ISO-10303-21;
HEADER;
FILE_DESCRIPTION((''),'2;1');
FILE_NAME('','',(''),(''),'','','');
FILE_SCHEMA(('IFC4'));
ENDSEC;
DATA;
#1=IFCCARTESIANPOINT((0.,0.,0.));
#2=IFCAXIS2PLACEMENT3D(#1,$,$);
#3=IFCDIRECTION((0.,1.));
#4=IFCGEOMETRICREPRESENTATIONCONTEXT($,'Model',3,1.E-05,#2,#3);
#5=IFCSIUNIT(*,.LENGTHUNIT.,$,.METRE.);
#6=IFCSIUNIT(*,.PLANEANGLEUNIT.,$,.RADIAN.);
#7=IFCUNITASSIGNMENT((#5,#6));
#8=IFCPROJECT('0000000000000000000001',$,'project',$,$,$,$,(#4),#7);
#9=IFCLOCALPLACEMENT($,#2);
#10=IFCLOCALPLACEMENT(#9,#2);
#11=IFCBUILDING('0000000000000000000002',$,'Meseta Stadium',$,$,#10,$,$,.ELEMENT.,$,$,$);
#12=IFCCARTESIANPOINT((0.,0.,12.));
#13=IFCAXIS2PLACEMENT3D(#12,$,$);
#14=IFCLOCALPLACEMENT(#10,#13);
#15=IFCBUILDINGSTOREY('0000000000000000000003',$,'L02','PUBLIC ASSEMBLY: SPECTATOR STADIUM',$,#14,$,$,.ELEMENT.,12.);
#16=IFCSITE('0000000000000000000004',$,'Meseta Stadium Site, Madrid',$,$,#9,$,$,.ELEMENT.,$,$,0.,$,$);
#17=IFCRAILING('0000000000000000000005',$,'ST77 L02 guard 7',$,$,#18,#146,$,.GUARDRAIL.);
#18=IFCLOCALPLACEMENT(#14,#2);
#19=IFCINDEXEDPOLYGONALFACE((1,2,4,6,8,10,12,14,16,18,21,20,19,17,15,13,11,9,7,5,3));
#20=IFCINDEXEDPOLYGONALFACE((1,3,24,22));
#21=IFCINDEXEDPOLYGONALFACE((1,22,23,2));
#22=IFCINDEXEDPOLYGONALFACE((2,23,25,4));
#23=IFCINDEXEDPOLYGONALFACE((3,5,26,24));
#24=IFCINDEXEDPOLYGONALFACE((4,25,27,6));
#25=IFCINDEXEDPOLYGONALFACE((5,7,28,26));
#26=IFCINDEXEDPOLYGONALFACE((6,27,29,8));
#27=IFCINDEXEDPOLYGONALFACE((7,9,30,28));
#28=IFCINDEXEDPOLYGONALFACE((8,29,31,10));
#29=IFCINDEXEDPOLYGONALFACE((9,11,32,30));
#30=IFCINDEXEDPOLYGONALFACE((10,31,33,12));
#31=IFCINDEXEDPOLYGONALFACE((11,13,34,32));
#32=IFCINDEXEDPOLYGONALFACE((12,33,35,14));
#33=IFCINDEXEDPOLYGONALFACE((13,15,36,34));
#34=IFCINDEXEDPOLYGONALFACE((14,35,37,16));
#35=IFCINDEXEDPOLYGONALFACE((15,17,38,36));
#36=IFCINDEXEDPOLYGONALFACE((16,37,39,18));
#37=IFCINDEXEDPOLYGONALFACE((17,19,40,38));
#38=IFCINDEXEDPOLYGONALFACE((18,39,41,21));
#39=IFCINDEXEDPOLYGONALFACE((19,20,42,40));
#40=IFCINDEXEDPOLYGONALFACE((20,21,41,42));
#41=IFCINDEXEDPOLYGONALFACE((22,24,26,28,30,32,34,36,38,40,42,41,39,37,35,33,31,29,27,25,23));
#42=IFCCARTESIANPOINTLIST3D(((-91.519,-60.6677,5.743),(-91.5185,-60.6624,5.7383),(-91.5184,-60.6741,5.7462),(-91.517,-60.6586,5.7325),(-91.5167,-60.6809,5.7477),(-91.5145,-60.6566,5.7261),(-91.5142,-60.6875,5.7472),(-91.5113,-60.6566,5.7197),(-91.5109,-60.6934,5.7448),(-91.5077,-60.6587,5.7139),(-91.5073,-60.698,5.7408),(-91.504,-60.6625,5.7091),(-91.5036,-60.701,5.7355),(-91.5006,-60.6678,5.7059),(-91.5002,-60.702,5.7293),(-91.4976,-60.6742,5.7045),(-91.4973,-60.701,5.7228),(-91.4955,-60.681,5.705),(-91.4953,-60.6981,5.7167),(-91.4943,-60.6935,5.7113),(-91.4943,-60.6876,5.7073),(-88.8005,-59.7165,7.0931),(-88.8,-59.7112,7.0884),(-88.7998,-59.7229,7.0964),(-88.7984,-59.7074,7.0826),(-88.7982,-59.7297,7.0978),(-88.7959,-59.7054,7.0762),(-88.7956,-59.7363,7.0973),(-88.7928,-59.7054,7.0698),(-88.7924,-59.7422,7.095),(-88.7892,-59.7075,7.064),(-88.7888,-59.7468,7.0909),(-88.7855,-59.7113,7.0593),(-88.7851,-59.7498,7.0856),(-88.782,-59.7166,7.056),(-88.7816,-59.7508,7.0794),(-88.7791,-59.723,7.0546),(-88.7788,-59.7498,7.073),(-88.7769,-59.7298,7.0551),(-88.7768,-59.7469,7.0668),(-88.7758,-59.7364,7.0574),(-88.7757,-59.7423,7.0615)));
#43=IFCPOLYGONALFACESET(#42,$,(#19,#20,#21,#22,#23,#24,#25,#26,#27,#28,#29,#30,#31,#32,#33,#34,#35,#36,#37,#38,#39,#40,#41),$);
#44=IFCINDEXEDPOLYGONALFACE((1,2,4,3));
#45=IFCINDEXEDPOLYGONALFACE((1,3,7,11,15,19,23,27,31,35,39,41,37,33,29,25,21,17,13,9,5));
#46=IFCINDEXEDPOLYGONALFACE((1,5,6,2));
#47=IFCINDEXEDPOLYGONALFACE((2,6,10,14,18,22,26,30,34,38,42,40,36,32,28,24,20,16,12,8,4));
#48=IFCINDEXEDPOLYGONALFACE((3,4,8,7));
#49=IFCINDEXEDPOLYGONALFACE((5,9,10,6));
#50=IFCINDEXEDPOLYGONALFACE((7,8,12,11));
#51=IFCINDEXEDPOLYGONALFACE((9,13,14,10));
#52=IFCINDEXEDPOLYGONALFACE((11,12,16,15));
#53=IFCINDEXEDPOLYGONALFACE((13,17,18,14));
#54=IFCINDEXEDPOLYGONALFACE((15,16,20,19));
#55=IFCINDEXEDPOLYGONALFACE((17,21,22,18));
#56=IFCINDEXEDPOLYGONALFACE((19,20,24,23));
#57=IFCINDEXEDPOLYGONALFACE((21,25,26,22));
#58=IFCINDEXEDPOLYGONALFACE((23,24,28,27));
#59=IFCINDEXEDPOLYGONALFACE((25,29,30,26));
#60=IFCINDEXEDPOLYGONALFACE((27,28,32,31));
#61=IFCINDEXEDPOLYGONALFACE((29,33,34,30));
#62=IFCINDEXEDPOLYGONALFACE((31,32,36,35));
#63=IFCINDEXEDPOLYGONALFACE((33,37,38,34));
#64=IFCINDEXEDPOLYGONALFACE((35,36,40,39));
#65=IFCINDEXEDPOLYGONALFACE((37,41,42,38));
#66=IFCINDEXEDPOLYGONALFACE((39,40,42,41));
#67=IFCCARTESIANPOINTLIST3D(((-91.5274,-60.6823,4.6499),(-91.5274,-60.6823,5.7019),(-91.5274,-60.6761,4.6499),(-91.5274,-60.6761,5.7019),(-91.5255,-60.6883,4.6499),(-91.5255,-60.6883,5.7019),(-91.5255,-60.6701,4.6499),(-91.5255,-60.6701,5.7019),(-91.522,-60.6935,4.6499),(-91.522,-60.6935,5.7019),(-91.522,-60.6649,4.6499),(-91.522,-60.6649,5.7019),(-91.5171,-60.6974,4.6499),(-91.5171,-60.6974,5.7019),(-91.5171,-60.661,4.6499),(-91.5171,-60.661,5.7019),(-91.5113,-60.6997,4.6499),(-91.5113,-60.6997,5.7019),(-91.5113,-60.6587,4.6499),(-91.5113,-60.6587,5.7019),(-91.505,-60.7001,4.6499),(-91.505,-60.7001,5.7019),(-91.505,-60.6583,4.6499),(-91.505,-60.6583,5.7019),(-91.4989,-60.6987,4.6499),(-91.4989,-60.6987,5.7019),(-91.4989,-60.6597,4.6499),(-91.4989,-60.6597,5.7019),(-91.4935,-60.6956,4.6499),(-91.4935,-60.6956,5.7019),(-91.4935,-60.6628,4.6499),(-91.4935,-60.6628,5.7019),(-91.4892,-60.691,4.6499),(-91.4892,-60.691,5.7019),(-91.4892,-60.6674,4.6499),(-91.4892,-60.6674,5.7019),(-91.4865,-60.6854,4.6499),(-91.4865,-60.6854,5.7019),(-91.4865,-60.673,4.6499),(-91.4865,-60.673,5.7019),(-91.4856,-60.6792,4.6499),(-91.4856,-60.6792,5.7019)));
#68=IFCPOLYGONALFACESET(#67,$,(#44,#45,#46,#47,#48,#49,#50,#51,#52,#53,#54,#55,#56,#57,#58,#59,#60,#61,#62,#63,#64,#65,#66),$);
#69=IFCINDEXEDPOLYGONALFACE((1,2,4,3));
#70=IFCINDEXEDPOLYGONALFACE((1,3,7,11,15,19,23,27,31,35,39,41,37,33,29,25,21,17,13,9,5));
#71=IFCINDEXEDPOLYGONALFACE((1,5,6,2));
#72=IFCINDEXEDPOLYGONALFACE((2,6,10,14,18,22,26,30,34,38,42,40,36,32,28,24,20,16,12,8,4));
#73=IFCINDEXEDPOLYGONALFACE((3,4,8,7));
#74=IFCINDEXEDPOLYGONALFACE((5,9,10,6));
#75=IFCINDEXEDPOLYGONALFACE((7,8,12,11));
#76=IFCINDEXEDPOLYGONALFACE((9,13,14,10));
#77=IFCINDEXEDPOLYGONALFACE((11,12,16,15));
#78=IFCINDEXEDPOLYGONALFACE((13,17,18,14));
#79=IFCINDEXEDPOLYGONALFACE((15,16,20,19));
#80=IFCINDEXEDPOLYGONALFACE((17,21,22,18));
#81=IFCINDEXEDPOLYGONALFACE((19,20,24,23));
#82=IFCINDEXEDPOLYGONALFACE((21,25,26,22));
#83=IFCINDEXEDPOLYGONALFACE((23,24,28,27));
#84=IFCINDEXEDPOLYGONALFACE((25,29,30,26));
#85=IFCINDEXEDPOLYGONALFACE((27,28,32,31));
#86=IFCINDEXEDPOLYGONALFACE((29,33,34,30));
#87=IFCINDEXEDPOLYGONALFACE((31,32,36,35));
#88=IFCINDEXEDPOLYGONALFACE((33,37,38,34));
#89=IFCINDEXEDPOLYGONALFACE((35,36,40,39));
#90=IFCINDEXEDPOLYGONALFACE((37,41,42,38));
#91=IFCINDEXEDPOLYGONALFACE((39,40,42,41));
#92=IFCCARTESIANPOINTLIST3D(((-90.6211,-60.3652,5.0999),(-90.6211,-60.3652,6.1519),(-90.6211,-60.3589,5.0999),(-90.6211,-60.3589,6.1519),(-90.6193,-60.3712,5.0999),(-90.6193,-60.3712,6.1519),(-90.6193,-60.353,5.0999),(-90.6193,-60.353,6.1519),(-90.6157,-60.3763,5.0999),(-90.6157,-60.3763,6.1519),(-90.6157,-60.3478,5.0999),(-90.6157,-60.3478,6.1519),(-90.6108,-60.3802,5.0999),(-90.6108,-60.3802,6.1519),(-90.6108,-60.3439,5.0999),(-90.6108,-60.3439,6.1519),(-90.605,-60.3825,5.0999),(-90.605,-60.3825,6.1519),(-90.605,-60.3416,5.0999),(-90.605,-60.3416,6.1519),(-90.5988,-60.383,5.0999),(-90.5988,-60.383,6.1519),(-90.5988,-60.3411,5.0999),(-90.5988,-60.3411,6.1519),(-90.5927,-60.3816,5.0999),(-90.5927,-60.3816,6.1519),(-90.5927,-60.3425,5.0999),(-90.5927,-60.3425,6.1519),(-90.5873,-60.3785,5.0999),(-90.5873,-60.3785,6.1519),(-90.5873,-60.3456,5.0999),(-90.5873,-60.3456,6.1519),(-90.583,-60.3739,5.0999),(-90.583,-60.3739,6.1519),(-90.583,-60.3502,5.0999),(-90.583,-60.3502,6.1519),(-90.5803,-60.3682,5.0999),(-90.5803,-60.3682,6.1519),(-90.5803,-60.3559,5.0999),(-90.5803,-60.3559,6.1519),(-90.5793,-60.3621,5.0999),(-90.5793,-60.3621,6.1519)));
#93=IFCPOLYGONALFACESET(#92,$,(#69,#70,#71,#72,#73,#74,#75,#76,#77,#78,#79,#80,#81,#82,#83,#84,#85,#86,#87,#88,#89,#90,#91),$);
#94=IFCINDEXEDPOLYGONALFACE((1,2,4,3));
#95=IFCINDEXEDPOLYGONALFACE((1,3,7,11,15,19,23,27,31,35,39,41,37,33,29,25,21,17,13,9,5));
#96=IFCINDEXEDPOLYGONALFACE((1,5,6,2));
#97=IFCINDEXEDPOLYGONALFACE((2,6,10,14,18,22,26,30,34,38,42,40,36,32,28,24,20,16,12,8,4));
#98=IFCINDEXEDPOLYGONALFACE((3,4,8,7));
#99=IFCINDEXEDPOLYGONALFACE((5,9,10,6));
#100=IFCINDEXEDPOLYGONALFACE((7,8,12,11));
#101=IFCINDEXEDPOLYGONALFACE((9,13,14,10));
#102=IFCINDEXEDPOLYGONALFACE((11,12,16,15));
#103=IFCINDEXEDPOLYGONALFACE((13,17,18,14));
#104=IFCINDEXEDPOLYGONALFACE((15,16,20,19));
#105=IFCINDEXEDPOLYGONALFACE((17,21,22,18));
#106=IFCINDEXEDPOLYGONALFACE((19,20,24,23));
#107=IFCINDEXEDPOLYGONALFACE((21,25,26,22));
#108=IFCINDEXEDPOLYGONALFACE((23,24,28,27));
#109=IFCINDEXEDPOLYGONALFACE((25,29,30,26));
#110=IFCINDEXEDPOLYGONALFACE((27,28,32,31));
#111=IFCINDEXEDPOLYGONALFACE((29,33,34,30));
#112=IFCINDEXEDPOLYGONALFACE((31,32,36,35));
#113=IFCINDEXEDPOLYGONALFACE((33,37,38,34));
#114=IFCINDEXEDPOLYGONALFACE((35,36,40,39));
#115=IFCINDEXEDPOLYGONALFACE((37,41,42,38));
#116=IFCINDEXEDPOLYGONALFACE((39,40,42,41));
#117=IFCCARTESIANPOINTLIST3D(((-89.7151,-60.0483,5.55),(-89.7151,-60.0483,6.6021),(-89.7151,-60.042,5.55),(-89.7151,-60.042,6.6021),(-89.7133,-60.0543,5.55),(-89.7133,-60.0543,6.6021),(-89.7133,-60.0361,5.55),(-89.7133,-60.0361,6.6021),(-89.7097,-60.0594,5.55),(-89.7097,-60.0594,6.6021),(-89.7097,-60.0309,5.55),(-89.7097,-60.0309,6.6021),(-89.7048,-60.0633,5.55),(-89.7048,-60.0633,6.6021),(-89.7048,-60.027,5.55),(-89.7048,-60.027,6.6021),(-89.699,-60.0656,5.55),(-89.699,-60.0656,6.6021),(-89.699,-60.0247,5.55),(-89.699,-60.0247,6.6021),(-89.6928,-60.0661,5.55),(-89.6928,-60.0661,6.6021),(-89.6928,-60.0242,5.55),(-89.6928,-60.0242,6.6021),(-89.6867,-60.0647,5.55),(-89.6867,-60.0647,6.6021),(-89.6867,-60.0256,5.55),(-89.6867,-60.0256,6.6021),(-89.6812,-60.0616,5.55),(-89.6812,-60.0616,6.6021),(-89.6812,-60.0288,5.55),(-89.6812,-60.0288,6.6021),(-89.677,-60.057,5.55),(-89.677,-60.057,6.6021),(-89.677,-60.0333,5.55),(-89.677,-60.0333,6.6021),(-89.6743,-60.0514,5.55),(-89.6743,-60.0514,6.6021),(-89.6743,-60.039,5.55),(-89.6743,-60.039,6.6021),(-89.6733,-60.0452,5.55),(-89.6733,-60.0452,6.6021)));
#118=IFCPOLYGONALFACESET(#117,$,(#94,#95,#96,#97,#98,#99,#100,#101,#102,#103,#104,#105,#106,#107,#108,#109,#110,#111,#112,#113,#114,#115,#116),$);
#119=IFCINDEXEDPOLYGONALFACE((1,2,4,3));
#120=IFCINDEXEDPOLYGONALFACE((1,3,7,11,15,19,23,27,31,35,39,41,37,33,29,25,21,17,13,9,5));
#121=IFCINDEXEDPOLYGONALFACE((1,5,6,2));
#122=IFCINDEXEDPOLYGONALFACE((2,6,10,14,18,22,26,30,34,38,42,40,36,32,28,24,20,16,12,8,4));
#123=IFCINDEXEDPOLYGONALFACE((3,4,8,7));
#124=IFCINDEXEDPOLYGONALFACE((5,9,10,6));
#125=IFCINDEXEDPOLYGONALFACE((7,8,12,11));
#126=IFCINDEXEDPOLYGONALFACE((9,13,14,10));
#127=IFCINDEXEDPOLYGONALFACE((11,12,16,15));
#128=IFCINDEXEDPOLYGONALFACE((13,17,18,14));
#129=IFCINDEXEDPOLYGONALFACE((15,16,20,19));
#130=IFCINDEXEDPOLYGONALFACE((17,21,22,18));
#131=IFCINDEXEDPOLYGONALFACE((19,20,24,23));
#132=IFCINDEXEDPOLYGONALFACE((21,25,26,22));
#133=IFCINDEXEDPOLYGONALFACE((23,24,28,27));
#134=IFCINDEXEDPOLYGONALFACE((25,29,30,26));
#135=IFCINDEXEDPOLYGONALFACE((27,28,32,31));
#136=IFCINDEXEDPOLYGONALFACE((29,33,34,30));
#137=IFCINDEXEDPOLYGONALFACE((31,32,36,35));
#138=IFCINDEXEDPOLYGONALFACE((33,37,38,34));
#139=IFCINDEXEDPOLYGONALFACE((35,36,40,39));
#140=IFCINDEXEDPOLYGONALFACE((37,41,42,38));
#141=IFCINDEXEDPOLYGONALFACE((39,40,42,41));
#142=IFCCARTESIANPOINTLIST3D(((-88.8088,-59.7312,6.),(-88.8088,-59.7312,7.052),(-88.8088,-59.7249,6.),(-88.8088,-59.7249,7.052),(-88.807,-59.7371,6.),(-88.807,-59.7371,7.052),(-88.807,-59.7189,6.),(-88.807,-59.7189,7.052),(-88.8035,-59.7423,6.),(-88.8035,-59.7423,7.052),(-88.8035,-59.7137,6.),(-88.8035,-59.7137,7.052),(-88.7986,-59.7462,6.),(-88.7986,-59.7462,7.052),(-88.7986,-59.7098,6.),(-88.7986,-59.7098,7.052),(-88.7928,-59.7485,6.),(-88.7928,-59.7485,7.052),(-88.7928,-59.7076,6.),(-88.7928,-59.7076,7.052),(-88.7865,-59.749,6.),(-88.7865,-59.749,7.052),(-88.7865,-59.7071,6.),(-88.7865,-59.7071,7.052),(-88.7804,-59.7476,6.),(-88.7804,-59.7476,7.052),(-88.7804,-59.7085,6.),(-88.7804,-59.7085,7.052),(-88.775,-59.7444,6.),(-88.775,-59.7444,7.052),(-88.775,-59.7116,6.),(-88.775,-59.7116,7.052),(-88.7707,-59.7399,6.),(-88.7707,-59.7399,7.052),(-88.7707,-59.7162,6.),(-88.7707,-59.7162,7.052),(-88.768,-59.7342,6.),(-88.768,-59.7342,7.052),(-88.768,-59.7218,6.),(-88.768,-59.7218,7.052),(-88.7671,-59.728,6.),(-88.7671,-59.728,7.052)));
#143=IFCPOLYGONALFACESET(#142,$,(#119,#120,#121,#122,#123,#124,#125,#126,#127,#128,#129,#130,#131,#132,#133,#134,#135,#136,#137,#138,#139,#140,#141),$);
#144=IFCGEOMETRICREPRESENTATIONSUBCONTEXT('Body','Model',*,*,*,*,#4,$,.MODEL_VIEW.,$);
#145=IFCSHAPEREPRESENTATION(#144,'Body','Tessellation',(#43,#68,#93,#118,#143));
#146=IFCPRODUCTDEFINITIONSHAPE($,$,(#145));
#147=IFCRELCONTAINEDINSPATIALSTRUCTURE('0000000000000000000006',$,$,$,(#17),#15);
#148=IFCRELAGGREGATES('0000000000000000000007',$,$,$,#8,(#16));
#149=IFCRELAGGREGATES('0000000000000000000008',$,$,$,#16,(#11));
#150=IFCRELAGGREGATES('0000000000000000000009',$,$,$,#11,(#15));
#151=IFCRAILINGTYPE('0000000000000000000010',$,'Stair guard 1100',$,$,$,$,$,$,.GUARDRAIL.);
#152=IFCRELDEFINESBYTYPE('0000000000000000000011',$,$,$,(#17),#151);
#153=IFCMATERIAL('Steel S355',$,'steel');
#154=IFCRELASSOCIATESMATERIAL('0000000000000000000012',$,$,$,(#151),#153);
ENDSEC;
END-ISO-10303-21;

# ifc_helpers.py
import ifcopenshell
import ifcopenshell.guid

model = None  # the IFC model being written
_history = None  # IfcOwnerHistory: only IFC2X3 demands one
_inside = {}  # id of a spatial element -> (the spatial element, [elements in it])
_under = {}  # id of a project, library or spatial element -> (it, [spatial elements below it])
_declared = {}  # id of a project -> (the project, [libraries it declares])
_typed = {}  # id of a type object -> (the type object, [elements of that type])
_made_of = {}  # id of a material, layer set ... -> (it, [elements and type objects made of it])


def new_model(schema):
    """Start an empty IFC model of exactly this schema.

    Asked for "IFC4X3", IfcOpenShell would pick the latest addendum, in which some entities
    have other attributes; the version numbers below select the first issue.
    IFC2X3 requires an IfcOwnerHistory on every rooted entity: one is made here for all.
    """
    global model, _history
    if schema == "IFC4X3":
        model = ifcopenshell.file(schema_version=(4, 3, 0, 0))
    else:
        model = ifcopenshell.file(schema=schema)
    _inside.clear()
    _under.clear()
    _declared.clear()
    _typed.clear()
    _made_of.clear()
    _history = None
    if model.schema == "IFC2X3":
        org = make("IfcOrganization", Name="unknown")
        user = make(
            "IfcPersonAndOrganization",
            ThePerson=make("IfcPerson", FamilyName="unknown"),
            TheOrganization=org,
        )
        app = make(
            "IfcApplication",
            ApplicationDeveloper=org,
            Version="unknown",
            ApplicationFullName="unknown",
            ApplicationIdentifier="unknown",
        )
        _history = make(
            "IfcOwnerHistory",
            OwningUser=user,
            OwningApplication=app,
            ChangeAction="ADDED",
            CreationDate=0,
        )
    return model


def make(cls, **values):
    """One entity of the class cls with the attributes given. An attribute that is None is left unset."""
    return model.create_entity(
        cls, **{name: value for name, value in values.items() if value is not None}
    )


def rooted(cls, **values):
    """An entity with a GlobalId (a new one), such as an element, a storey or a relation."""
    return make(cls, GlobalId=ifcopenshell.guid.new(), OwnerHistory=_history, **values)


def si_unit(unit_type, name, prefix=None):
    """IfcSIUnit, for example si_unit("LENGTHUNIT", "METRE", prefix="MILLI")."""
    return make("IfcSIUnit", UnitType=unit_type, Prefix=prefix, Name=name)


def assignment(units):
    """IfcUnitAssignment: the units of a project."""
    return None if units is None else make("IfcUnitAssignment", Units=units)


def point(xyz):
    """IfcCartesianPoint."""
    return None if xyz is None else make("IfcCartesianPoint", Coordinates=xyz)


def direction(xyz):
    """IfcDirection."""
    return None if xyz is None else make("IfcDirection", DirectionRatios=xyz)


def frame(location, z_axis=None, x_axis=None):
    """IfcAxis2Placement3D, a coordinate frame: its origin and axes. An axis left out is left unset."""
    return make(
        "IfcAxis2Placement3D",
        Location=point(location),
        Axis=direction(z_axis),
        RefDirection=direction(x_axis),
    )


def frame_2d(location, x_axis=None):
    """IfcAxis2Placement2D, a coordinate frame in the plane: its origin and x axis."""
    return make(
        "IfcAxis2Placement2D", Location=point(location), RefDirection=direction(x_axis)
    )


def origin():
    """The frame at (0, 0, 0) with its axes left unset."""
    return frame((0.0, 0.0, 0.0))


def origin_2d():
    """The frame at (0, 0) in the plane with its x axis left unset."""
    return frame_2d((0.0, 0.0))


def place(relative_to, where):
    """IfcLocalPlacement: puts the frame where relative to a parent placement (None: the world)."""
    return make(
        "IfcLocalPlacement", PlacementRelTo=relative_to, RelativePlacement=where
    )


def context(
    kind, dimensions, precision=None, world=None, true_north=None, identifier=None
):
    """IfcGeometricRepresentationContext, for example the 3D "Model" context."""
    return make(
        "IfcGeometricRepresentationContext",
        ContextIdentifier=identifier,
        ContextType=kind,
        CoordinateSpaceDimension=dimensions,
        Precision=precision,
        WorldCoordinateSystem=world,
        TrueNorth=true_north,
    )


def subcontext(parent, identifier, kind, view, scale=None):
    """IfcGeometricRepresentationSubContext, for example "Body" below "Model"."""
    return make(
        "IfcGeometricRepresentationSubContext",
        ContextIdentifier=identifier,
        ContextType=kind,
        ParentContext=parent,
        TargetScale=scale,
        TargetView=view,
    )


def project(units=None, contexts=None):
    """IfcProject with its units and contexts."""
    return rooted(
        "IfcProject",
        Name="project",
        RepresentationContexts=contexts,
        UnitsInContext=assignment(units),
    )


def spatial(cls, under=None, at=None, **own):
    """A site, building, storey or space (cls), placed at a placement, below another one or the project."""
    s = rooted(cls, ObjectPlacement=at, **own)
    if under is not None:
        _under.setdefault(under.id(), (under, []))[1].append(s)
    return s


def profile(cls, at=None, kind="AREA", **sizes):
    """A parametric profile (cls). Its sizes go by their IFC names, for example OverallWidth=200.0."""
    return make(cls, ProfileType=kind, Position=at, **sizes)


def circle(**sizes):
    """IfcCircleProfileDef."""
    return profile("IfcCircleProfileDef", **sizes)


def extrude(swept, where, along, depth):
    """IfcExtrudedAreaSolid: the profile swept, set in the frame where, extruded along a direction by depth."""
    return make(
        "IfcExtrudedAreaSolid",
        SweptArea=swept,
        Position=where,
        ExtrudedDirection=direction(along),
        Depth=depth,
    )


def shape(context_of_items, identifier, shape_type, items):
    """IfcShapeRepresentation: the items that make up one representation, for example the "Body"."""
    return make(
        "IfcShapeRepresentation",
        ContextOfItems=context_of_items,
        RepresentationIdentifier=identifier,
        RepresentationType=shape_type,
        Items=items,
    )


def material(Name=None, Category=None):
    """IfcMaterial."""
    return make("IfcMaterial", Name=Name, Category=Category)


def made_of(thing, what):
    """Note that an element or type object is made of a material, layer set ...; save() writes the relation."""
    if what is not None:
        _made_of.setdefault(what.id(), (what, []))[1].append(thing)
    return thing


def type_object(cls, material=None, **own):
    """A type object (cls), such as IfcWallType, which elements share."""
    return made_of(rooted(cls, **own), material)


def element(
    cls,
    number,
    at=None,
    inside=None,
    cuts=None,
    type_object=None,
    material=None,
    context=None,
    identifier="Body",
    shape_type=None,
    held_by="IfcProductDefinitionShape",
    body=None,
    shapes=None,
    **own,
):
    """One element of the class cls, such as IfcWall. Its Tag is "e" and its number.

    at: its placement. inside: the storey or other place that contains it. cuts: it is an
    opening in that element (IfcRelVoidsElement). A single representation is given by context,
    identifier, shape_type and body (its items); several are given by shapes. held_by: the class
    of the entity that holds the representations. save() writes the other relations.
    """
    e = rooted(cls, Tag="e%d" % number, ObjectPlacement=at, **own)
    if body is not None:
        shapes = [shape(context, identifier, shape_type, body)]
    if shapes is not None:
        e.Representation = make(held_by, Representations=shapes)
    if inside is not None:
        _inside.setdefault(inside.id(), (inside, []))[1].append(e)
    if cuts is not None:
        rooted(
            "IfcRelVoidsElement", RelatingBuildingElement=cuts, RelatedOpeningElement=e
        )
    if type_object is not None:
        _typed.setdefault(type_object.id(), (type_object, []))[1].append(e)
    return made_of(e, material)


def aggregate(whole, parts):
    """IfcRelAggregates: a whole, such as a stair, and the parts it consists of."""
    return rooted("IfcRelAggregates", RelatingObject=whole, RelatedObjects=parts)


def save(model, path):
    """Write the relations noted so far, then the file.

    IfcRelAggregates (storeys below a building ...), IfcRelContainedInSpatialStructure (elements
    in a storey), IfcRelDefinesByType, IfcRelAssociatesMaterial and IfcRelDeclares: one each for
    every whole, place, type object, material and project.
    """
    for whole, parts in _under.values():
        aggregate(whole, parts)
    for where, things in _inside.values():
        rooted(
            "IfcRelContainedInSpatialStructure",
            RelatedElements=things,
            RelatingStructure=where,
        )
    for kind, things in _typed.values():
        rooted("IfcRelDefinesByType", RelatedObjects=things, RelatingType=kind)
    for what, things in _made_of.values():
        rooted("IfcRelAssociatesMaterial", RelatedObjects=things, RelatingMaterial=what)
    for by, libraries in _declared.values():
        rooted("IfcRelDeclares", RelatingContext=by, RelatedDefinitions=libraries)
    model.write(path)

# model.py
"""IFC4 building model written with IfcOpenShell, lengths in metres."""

from ifc_helpers import new_model, si_unit, direction, frame, origin, origin_2d, place, context, subcontext, project, spatial, circle, extrude, material, type_object, element, save


model = new_model("IFC4")

# Units and contexts
model_context = context("Model", 3, precision=1e-05, world=origin(), true_north=direction((0.0, 1.0)))
body_context = subcontext(model_context, "Body", "Model", "MODEL_VIEW")
ifc_project = project(units=[si_unit("LENGTHUNIT", "METRE"), si_unit("PLANEANGLEUNIT", "RADIAN")], contexts=[model_context])

# Site, building, storey
site_placement = place(None, origin())
site = spatial("IfcSite", under=ifc_project, at=site_placement, Name="Meseta Stadium Site, Madrid", CompositionType="ELEMENT", RefElevation=0.0)
building_placement = place(site_placement, origin())
building = spatial("IfcBuilding", under=site, at=building_placement, Name="Meseta Stadium", CompositionType="ELEMENT")
storey_placement = place(building_placement, frame((0.0, 0.0, 12.0)))
storey = spatial("IfcBuildingStorey", under=building, at=storey_placement, Name="L02", Description="PUBLIC ASSEMBLY: SPECTATOR STADIUM", CompositionType="ELEMENT", Elevation=12.0)

# Railing
ifc_material_1 = material(Name="Steel S355", Category="steel")
railing_type_1 = type_object("IfcRailingType", Name="Stair guard 1100", PredefinedType="GUARDRAIL", material=ifc_material_1)
railing_1_placement = place(storey_placement, frame((-91.5066, -60.6792, 4.6499)))
element("IfcRailing", 1, at=railing_1_placement, inside=storey, type_object=railing_type_1, Name="ST77 L02 guard 7", PredefinedType="GUARDRAIL", context=body_context, shape_type="SweptSolid", body=[
    extrude(circle(Radius=0.0239, at=origin_2d()), frame((0.0, 0.0, 1.0762), z_axis=(0.854649, 0.299031, 0.424446), x_axis=(-0.330256, 0.943891, 0.0)), (0.0, 0.0, 1.0), 3.1809),
    extrude(circle(Radius=0.021, at=origin_2d()), origin(), (0.0, 0.0, 1.0), 1.052),
    extrude(circle(Radius=0.021, at=origin_2d()), frame((0.9062, 0.3171, 0.45)), (0.0, 0.0, 1.0), 1.052),
    extrude(circle(Radius=0.021, at=origin_2d()), frame((1.8123, 0.634, 0.9001)), (0.0, 0.0, 1.0), 1.052),
    extrude(circle(Radius=0.021, at=origin_2d()), frame((2.7185, 0.9512, 1.3501)), (0.0, 0.0, 1.0), 1.052),
])

save(model, "model.ifc")
